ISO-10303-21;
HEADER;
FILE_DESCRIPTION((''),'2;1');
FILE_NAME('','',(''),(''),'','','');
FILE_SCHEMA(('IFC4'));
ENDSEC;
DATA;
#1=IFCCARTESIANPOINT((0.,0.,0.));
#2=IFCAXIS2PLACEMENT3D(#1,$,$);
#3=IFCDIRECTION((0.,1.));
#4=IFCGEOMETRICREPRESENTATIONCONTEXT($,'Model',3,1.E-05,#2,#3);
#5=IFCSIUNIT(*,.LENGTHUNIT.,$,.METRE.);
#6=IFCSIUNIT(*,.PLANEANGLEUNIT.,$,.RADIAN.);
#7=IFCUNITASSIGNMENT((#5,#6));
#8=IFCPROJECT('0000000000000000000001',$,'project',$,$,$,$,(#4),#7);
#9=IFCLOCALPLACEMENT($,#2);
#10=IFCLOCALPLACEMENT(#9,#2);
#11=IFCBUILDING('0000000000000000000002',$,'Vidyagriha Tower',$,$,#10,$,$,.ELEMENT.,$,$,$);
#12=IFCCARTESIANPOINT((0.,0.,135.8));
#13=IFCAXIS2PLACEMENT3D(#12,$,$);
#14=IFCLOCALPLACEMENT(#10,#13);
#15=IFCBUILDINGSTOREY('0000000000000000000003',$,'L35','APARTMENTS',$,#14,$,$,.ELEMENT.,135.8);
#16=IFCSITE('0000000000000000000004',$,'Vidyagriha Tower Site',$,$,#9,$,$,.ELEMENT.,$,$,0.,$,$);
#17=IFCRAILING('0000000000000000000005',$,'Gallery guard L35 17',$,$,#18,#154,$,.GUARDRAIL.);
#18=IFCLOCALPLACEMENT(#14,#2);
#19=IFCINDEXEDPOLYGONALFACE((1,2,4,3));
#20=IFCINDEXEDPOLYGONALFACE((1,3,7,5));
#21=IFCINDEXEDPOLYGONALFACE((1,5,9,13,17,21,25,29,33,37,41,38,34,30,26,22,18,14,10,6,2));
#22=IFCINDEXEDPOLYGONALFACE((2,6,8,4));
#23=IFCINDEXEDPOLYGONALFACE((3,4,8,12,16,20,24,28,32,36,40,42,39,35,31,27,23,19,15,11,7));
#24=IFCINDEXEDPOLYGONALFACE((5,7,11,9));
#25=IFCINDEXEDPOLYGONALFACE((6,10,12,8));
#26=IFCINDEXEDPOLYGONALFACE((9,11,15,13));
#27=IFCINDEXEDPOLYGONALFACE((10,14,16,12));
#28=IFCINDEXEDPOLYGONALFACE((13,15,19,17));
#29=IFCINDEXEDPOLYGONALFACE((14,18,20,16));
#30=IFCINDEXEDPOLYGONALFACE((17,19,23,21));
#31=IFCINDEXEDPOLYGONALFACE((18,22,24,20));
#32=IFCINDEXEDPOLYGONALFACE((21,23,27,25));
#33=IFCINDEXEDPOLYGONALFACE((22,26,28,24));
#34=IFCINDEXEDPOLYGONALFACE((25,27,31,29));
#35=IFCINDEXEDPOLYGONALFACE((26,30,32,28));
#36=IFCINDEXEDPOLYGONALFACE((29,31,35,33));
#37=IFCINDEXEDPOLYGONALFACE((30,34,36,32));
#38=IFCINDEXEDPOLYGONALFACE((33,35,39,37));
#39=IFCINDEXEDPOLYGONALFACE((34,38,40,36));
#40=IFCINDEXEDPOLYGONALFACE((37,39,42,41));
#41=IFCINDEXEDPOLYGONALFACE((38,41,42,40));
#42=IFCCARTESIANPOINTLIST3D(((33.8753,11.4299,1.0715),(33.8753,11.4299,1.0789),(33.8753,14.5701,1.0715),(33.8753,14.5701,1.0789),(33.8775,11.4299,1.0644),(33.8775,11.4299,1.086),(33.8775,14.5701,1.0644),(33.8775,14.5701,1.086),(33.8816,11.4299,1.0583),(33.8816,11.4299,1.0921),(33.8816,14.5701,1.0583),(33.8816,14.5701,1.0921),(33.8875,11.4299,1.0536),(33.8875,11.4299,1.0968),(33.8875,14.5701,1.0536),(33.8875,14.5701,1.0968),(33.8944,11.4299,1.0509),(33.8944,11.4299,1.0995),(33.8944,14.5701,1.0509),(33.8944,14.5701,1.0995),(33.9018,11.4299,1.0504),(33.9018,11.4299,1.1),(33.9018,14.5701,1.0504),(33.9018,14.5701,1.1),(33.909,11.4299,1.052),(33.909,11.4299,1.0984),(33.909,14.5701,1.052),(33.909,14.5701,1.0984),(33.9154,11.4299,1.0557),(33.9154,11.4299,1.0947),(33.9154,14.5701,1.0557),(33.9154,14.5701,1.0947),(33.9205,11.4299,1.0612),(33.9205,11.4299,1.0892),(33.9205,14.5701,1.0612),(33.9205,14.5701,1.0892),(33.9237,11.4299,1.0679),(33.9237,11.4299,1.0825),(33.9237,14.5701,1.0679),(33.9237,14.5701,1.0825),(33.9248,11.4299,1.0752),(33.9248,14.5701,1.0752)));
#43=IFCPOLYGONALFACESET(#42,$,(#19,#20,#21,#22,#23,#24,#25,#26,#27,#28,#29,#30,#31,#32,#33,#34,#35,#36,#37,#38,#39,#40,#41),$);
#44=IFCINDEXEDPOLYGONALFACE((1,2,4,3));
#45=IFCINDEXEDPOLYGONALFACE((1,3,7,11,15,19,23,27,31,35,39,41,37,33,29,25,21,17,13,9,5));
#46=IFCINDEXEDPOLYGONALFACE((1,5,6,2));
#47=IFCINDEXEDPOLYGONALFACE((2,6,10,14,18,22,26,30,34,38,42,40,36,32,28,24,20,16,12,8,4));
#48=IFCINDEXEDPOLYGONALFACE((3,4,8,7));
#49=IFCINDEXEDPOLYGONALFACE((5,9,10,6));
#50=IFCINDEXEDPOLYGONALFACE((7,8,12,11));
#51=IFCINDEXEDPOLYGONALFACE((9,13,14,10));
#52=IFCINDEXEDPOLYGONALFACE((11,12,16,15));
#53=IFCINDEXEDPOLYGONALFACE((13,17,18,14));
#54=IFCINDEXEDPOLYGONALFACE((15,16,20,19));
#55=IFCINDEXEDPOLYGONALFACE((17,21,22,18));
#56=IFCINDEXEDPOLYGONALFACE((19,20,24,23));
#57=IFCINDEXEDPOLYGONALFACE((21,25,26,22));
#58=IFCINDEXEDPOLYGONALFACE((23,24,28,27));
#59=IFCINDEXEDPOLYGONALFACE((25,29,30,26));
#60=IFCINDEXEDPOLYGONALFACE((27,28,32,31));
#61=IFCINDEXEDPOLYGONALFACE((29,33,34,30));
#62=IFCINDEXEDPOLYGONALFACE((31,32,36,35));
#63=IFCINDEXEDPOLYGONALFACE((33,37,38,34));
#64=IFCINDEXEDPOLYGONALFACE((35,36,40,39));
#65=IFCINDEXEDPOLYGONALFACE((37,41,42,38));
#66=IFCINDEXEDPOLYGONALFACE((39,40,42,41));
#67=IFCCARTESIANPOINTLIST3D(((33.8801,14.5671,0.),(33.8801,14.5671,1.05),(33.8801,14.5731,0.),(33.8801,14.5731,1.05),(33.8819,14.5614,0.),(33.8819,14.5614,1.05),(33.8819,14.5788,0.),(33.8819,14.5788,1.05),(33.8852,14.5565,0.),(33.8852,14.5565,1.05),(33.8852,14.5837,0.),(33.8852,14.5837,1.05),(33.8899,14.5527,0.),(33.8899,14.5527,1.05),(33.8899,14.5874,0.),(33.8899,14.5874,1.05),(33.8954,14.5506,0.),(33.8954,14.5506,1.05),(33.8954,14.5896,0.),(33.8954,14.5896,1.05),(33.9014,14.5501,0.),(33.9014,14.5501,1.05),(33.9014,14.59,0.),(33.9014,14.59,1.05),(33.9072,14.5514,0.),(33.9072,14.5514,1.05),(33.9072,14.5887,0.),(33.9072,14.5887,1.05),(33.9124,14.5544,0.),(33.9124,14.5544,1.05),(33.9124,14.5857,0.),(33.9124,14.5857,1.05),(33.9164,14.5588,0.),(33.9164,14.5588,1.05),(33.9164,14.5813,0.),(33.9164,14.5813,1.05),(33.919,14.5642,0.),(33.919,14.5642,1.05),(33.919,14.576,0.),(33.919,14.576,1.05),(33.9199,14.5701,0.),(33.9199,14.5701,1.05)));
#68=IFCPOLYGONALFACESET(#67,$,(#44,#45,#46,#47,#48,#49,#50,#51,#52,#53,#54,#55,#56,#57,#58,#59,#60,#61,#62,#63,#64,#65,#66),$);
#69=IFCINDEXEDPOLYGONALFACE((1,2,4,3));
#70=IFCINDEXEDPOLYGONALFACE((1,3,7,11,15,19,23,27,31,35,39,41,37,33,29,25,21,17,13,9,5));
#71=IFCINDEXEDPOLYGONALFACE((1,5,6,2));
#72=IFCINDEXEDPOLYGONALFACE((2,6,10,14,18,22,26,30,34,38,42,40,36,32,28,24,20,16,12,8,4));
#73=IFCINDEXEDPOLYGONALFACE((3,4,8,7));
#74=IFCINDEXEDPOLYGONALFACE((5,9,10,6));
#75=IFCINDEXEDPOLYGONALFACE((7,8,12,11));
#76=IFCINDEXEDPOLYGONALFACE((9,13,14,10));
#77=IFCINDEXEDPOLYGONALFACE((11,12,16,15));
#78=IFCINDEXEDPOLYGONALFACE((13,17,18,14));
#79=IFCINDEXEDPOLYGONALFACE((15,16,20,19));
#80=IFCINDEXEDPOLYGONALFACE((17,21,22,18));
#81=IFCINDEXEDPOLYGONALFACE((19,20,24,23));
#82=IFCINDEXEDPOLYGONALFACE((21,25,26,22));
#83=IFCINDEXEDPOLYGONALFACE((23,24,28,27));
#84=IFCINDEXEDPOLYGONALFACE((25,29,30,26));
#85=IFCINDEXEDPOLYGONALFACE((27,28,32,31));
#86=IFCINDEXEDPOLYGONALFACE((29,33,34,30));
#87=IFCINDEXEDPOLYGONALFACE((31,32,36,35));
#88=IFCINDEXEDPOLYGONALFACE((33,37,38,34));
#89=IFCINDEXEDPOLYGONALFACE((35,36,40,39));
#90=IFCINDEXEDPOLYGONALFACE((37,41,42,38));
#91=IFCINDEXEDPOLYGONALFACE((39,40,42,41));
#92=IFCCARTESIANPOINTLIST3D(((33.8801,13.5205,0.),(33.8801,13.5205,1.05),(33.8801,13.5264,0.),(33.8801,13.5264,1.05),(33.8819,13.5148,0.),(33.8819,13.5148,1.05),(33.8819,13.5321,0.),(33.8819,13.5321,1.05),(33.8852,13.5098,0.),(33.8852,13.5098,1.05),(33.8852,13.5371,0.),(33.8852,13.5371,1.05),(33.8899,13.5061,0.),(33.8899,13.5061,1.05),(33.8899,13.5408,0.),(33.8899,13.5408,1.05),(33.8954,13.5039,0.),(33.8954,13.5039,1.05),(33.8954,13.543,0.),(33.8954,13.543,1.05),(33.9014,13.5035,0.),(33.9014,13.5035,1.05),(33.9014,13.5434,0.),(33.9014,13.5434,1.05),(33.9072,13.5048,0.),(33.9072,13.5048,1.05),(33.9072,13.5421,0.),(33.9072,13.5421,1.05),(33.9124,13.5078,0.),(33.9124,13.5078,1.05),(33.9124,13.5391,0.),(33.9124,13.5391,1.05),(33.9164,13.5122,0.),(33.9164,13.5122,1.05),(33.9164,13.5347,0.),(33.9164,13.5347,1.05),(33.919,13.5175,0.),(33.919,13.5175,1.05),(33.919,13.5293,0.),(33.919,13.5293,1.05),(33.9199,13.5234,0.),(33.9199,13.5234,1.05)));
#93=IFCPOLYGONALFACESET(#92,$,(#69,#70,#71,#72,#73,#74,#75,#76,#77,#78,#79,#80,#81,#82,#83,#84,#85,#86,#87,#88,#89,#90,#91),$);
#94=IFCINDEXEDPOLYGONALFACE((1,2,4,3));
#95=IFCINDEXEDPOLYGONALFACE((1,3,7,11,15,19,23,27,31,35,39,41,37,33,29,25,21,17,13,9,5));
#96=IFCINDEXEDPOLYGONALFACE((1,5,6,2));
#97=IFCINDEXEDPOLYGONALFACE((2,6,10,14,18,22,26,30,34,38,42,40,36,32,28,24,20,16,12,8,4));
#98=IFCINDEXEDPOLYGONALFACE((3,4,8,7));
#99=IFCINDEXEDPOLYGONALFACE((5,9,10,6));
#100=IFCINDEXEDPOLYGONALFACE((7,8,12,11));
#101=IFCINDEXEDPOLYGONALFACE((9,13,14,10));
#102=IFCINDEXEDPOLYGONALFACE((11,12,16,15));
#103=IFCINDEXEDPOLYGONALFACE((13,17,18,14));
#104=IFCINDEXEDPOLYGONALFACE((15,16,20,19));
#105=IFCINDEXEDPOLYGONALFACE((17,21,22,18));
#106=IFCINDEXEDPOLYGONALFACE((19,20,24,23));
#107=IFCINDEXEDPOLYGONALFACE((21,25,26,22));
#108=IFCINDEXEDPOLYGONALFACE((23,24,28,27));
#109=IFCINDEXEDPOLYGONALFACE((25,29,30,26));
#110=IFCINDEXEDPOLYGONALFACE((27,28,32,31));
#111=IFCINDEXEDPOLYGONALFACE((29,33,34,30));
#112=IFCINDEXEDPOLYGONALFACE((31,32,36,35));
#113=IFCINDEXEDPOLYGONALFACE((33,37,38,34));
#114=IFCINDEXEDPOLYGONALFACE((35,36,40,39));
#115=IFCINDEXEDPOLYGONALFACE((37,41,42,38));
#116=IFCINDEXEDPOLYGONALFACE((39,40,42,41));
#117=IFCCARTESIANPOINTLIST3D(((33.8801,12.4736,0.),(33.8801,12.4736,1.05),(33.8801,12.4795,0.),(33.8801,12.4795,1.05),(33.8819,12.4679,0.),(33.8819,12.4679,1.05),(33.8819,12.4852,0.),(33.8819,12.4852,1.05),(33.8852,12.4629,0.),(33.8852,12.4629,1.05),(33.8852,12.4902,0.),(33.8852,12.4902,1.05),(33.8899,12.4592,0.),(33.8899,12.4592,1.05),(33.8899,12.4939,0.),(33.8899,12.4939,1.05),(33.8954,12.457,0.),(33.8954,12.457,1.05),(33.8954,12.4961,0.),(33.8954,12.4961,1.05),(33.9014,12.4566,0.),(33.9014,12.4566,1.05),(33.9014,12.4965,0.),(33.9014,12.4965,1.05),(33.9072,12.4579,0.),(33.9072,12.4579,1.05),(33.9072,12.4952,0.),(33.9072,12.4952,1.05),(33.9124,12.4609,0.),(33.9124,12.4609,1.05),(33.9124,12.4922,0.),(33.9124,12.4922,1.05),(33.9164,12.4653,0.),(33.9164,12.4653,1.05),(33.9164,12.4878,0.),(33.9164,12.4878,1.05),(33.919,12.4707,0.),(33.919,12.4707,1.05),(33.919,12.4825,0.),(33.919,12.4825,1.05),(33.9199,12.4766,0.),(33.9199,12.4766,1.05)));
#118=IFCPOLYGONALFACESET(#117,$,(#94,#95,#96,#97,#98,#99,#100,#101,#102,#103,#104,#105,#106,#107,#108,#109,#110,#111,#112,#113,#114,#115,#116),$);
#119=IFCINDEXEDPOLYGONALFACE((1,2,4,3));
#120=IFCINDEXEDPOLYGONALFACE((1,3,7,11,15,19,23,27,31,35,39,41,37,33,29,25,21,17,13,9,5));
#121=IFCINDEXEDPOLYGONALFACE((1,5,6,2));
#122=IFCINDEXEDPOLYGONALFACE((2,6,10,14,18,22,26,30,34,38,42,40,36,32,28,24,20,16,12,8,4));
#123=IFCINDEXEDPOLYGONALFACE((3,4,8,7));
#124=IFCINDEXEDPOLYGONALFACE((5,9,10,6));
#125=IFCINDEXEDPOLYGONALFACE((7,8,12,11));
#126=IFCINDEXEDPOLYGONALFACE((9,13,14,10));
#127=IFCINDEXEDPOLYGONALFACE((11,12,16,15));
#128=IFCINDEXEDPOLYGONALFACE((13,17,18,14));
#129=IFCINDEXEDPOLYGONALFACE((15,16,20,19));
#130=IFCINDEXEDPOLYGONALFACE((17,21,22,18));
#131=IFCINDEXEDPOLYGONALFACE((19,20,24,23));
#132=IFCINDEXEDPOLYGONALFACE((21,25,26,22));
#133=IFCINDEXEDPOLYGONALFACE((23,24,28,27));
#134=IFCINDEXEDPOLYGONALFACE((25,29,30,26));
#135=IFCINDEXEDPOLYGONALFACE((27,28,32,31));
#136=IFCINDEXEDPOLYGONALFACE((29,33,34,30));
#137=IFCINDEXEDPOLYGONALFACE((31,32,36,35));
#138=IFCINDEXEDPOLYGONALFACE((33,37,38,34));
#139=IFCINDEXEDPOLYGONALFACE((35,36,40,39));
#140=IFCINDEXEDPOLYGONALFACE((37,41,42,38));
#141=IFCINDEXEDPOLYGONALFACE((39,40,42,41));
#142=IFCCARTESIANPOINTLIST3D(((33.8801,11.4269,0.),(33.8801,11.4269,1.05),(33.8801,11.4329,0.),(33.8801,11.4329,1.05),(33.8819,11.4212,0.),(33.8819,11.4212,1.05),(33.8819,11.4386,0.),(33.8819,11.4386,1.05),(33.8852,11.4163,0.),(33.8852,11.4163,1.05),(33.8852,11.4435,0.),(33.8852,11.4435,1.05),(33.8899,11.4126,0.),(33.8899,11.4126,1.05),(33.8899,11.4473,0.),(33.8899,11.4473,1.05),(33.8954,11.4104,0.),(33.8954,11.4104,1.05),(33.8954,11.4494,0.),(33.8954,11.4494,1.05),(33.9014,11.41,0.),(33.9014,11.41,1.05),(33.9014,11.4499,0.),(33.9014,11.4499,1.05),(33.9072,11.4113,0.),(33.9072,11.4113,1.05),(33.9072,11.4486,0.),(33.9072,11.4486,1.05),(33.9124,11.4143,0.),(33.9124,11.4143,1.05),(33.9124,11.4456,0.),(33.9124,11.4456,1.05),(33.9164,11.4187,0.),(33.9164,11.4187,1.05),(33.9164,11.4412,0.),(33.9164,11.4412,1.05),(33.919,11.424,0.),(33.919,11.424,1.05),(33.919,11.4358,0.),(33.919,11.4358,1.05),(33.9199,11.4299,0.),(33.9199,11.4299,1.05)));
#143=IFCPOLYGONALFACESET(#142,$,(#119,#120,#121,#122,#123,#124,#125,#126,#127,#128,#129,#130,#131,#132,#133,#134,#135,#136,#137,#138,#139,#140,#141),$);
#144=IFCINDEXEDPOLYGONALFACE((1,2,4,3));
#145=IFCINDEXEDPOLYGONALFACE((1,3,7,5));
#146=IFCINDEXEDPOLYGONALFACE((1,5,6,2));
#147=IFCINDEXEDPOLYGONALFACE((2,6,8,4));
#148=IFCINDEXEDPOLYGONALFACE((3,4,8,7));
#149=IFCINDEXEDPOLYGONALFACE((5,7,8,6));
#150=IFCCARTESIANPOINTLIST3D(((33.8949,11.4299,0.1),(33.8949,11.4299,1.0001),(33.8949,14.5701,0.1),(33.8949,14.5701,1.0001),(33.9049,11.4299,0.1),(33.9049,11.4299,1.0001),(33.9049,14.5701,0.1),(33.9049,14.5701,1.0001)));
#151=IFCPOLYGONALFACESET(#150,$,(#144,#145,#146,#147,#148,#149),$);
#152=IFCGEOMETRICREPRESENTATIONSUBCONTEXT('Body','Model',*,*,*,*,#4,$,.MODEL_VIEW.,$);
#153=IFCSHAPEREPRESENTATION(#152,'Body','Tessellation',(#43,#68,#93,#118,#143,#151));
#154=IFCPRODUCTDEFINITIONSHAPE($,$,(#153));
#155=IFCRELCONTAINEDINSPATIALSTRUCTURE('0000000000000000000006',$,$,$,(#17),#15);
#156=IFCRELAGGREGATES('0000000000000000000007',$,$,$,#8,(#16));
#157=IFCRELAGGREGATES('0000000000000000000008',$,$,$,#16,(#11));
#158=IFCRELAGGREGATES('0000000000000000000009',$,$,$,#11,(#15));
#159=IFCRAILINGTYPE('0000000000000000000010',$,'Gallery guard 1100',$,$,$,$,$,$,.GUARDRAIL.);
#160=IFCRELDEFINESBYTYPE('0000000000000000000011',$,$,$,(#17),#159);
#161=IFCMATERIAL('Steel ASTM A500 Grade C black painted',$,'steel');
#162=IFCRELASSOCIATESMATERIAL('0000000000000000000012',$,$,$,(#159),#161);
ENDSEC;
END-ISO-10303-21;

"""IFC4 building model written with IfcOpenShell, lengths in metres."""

from ifc_helpers import new_model, si_unit, direction, frame, origin, origin_2d, place, context, subcontext, project, spatial, rectangle, circle, extrude, material, type_object, element, save


model = new_model("IFC4")

# Units and contexts
model_context = context("Model", 3, precision=1e-05, world=origin(), true_north=direction((0.0, 1.0)))
body_context = subcontext(model_context, "Body", "Model", "MODEL_VIEW")
ifc_project = project(units=[si_unit("LENGTHUNIT", "METRE"), si_unit("PLANEANGLEUNIT", "RADIAN")], contexts=[model_context])

# Site, building, storey
site_placement = place(None, origin())
site = spatial("IfcSite", under=ifc_project, at=site_placement, Name="Vidyagriha Tower Site", CompositionType="ELEMENT", RefElevation=0.0)
building_placement = place(site_placement, origin())
building = spatial("IfcBuilding", under=site, at=building_placement, Name="Vidyagriha Tower", CompositionType="ELEMENT")
storey_placement = place(building_placement, frame((0.0, 0.0, 135.8)))
storey = spatial("IfcBuildingStorey", under=building, at=storey_placement, Name="L35", Description="APARTMENTS", CompositionType="ELEMENT", Elevation=135.8)

# Railing
ifc_material_1 = material(Name="Steel ASTM A500 Grade C black painted", Category="steel")
railing_type = type_object("IfcRailingType", Name="Gallery guard 1100", PredefinedType="GUARDRAIL", material=ifc_material_1)
railing_1_placement = place(storey_placement, frame((33.8999, 14.5701, 0.0)))
element("IfcRailing", 1, at=railing_1_placement, inside=storey, type_object=railing_type, Name="Gallery guard L35 17", PredefinedType="GUARDRAIL", context=body_context, shape_type="SweptSolid", body=[
    extrude(circle(Radius=0.0249, at=origin_2d()), frame((0.0, 0.0, 1.0752), z_axis=(0.0, -1.0, 0.0), x_axis=(1.0, 0.0, 0.0)), (0.0, 0.0, 1.0), 3.1401),
    extrude(circle(Radius=0.02, at=origin_2d()), origin(), (0.0, 0.0, 1.0), 1.05),
    extrude(circle(Radius=0.02, at=origin_2d()), frame((0.0, -1.0466, 0.0)), (0.0, 0.0, 1.0), 1.05),
    extrude(circle(Radius=0.02, at=origin_2d()), frame((0.0, -2.0935, 0.0)), (0.0, 0.0, 1.0), 1.05),
    extrude(circle(Radius=0.02, at=origin_2d()), frame((0.0, -3.1401, 0.0)), (0.0, 0.0, 1.0), 1.05),
    extrude(rectangle(XDim=0.01, YDim=0.9001, at=origin_2d()), frame((0.0, 0.0, 0.55), z_axis=(0.0, -1.0, 0.0), x_axis=(1.0, 0.0, 0.0)), (0.0, 0.0, 1.0), 3.1401),
])

save(model, "model.ifc")
